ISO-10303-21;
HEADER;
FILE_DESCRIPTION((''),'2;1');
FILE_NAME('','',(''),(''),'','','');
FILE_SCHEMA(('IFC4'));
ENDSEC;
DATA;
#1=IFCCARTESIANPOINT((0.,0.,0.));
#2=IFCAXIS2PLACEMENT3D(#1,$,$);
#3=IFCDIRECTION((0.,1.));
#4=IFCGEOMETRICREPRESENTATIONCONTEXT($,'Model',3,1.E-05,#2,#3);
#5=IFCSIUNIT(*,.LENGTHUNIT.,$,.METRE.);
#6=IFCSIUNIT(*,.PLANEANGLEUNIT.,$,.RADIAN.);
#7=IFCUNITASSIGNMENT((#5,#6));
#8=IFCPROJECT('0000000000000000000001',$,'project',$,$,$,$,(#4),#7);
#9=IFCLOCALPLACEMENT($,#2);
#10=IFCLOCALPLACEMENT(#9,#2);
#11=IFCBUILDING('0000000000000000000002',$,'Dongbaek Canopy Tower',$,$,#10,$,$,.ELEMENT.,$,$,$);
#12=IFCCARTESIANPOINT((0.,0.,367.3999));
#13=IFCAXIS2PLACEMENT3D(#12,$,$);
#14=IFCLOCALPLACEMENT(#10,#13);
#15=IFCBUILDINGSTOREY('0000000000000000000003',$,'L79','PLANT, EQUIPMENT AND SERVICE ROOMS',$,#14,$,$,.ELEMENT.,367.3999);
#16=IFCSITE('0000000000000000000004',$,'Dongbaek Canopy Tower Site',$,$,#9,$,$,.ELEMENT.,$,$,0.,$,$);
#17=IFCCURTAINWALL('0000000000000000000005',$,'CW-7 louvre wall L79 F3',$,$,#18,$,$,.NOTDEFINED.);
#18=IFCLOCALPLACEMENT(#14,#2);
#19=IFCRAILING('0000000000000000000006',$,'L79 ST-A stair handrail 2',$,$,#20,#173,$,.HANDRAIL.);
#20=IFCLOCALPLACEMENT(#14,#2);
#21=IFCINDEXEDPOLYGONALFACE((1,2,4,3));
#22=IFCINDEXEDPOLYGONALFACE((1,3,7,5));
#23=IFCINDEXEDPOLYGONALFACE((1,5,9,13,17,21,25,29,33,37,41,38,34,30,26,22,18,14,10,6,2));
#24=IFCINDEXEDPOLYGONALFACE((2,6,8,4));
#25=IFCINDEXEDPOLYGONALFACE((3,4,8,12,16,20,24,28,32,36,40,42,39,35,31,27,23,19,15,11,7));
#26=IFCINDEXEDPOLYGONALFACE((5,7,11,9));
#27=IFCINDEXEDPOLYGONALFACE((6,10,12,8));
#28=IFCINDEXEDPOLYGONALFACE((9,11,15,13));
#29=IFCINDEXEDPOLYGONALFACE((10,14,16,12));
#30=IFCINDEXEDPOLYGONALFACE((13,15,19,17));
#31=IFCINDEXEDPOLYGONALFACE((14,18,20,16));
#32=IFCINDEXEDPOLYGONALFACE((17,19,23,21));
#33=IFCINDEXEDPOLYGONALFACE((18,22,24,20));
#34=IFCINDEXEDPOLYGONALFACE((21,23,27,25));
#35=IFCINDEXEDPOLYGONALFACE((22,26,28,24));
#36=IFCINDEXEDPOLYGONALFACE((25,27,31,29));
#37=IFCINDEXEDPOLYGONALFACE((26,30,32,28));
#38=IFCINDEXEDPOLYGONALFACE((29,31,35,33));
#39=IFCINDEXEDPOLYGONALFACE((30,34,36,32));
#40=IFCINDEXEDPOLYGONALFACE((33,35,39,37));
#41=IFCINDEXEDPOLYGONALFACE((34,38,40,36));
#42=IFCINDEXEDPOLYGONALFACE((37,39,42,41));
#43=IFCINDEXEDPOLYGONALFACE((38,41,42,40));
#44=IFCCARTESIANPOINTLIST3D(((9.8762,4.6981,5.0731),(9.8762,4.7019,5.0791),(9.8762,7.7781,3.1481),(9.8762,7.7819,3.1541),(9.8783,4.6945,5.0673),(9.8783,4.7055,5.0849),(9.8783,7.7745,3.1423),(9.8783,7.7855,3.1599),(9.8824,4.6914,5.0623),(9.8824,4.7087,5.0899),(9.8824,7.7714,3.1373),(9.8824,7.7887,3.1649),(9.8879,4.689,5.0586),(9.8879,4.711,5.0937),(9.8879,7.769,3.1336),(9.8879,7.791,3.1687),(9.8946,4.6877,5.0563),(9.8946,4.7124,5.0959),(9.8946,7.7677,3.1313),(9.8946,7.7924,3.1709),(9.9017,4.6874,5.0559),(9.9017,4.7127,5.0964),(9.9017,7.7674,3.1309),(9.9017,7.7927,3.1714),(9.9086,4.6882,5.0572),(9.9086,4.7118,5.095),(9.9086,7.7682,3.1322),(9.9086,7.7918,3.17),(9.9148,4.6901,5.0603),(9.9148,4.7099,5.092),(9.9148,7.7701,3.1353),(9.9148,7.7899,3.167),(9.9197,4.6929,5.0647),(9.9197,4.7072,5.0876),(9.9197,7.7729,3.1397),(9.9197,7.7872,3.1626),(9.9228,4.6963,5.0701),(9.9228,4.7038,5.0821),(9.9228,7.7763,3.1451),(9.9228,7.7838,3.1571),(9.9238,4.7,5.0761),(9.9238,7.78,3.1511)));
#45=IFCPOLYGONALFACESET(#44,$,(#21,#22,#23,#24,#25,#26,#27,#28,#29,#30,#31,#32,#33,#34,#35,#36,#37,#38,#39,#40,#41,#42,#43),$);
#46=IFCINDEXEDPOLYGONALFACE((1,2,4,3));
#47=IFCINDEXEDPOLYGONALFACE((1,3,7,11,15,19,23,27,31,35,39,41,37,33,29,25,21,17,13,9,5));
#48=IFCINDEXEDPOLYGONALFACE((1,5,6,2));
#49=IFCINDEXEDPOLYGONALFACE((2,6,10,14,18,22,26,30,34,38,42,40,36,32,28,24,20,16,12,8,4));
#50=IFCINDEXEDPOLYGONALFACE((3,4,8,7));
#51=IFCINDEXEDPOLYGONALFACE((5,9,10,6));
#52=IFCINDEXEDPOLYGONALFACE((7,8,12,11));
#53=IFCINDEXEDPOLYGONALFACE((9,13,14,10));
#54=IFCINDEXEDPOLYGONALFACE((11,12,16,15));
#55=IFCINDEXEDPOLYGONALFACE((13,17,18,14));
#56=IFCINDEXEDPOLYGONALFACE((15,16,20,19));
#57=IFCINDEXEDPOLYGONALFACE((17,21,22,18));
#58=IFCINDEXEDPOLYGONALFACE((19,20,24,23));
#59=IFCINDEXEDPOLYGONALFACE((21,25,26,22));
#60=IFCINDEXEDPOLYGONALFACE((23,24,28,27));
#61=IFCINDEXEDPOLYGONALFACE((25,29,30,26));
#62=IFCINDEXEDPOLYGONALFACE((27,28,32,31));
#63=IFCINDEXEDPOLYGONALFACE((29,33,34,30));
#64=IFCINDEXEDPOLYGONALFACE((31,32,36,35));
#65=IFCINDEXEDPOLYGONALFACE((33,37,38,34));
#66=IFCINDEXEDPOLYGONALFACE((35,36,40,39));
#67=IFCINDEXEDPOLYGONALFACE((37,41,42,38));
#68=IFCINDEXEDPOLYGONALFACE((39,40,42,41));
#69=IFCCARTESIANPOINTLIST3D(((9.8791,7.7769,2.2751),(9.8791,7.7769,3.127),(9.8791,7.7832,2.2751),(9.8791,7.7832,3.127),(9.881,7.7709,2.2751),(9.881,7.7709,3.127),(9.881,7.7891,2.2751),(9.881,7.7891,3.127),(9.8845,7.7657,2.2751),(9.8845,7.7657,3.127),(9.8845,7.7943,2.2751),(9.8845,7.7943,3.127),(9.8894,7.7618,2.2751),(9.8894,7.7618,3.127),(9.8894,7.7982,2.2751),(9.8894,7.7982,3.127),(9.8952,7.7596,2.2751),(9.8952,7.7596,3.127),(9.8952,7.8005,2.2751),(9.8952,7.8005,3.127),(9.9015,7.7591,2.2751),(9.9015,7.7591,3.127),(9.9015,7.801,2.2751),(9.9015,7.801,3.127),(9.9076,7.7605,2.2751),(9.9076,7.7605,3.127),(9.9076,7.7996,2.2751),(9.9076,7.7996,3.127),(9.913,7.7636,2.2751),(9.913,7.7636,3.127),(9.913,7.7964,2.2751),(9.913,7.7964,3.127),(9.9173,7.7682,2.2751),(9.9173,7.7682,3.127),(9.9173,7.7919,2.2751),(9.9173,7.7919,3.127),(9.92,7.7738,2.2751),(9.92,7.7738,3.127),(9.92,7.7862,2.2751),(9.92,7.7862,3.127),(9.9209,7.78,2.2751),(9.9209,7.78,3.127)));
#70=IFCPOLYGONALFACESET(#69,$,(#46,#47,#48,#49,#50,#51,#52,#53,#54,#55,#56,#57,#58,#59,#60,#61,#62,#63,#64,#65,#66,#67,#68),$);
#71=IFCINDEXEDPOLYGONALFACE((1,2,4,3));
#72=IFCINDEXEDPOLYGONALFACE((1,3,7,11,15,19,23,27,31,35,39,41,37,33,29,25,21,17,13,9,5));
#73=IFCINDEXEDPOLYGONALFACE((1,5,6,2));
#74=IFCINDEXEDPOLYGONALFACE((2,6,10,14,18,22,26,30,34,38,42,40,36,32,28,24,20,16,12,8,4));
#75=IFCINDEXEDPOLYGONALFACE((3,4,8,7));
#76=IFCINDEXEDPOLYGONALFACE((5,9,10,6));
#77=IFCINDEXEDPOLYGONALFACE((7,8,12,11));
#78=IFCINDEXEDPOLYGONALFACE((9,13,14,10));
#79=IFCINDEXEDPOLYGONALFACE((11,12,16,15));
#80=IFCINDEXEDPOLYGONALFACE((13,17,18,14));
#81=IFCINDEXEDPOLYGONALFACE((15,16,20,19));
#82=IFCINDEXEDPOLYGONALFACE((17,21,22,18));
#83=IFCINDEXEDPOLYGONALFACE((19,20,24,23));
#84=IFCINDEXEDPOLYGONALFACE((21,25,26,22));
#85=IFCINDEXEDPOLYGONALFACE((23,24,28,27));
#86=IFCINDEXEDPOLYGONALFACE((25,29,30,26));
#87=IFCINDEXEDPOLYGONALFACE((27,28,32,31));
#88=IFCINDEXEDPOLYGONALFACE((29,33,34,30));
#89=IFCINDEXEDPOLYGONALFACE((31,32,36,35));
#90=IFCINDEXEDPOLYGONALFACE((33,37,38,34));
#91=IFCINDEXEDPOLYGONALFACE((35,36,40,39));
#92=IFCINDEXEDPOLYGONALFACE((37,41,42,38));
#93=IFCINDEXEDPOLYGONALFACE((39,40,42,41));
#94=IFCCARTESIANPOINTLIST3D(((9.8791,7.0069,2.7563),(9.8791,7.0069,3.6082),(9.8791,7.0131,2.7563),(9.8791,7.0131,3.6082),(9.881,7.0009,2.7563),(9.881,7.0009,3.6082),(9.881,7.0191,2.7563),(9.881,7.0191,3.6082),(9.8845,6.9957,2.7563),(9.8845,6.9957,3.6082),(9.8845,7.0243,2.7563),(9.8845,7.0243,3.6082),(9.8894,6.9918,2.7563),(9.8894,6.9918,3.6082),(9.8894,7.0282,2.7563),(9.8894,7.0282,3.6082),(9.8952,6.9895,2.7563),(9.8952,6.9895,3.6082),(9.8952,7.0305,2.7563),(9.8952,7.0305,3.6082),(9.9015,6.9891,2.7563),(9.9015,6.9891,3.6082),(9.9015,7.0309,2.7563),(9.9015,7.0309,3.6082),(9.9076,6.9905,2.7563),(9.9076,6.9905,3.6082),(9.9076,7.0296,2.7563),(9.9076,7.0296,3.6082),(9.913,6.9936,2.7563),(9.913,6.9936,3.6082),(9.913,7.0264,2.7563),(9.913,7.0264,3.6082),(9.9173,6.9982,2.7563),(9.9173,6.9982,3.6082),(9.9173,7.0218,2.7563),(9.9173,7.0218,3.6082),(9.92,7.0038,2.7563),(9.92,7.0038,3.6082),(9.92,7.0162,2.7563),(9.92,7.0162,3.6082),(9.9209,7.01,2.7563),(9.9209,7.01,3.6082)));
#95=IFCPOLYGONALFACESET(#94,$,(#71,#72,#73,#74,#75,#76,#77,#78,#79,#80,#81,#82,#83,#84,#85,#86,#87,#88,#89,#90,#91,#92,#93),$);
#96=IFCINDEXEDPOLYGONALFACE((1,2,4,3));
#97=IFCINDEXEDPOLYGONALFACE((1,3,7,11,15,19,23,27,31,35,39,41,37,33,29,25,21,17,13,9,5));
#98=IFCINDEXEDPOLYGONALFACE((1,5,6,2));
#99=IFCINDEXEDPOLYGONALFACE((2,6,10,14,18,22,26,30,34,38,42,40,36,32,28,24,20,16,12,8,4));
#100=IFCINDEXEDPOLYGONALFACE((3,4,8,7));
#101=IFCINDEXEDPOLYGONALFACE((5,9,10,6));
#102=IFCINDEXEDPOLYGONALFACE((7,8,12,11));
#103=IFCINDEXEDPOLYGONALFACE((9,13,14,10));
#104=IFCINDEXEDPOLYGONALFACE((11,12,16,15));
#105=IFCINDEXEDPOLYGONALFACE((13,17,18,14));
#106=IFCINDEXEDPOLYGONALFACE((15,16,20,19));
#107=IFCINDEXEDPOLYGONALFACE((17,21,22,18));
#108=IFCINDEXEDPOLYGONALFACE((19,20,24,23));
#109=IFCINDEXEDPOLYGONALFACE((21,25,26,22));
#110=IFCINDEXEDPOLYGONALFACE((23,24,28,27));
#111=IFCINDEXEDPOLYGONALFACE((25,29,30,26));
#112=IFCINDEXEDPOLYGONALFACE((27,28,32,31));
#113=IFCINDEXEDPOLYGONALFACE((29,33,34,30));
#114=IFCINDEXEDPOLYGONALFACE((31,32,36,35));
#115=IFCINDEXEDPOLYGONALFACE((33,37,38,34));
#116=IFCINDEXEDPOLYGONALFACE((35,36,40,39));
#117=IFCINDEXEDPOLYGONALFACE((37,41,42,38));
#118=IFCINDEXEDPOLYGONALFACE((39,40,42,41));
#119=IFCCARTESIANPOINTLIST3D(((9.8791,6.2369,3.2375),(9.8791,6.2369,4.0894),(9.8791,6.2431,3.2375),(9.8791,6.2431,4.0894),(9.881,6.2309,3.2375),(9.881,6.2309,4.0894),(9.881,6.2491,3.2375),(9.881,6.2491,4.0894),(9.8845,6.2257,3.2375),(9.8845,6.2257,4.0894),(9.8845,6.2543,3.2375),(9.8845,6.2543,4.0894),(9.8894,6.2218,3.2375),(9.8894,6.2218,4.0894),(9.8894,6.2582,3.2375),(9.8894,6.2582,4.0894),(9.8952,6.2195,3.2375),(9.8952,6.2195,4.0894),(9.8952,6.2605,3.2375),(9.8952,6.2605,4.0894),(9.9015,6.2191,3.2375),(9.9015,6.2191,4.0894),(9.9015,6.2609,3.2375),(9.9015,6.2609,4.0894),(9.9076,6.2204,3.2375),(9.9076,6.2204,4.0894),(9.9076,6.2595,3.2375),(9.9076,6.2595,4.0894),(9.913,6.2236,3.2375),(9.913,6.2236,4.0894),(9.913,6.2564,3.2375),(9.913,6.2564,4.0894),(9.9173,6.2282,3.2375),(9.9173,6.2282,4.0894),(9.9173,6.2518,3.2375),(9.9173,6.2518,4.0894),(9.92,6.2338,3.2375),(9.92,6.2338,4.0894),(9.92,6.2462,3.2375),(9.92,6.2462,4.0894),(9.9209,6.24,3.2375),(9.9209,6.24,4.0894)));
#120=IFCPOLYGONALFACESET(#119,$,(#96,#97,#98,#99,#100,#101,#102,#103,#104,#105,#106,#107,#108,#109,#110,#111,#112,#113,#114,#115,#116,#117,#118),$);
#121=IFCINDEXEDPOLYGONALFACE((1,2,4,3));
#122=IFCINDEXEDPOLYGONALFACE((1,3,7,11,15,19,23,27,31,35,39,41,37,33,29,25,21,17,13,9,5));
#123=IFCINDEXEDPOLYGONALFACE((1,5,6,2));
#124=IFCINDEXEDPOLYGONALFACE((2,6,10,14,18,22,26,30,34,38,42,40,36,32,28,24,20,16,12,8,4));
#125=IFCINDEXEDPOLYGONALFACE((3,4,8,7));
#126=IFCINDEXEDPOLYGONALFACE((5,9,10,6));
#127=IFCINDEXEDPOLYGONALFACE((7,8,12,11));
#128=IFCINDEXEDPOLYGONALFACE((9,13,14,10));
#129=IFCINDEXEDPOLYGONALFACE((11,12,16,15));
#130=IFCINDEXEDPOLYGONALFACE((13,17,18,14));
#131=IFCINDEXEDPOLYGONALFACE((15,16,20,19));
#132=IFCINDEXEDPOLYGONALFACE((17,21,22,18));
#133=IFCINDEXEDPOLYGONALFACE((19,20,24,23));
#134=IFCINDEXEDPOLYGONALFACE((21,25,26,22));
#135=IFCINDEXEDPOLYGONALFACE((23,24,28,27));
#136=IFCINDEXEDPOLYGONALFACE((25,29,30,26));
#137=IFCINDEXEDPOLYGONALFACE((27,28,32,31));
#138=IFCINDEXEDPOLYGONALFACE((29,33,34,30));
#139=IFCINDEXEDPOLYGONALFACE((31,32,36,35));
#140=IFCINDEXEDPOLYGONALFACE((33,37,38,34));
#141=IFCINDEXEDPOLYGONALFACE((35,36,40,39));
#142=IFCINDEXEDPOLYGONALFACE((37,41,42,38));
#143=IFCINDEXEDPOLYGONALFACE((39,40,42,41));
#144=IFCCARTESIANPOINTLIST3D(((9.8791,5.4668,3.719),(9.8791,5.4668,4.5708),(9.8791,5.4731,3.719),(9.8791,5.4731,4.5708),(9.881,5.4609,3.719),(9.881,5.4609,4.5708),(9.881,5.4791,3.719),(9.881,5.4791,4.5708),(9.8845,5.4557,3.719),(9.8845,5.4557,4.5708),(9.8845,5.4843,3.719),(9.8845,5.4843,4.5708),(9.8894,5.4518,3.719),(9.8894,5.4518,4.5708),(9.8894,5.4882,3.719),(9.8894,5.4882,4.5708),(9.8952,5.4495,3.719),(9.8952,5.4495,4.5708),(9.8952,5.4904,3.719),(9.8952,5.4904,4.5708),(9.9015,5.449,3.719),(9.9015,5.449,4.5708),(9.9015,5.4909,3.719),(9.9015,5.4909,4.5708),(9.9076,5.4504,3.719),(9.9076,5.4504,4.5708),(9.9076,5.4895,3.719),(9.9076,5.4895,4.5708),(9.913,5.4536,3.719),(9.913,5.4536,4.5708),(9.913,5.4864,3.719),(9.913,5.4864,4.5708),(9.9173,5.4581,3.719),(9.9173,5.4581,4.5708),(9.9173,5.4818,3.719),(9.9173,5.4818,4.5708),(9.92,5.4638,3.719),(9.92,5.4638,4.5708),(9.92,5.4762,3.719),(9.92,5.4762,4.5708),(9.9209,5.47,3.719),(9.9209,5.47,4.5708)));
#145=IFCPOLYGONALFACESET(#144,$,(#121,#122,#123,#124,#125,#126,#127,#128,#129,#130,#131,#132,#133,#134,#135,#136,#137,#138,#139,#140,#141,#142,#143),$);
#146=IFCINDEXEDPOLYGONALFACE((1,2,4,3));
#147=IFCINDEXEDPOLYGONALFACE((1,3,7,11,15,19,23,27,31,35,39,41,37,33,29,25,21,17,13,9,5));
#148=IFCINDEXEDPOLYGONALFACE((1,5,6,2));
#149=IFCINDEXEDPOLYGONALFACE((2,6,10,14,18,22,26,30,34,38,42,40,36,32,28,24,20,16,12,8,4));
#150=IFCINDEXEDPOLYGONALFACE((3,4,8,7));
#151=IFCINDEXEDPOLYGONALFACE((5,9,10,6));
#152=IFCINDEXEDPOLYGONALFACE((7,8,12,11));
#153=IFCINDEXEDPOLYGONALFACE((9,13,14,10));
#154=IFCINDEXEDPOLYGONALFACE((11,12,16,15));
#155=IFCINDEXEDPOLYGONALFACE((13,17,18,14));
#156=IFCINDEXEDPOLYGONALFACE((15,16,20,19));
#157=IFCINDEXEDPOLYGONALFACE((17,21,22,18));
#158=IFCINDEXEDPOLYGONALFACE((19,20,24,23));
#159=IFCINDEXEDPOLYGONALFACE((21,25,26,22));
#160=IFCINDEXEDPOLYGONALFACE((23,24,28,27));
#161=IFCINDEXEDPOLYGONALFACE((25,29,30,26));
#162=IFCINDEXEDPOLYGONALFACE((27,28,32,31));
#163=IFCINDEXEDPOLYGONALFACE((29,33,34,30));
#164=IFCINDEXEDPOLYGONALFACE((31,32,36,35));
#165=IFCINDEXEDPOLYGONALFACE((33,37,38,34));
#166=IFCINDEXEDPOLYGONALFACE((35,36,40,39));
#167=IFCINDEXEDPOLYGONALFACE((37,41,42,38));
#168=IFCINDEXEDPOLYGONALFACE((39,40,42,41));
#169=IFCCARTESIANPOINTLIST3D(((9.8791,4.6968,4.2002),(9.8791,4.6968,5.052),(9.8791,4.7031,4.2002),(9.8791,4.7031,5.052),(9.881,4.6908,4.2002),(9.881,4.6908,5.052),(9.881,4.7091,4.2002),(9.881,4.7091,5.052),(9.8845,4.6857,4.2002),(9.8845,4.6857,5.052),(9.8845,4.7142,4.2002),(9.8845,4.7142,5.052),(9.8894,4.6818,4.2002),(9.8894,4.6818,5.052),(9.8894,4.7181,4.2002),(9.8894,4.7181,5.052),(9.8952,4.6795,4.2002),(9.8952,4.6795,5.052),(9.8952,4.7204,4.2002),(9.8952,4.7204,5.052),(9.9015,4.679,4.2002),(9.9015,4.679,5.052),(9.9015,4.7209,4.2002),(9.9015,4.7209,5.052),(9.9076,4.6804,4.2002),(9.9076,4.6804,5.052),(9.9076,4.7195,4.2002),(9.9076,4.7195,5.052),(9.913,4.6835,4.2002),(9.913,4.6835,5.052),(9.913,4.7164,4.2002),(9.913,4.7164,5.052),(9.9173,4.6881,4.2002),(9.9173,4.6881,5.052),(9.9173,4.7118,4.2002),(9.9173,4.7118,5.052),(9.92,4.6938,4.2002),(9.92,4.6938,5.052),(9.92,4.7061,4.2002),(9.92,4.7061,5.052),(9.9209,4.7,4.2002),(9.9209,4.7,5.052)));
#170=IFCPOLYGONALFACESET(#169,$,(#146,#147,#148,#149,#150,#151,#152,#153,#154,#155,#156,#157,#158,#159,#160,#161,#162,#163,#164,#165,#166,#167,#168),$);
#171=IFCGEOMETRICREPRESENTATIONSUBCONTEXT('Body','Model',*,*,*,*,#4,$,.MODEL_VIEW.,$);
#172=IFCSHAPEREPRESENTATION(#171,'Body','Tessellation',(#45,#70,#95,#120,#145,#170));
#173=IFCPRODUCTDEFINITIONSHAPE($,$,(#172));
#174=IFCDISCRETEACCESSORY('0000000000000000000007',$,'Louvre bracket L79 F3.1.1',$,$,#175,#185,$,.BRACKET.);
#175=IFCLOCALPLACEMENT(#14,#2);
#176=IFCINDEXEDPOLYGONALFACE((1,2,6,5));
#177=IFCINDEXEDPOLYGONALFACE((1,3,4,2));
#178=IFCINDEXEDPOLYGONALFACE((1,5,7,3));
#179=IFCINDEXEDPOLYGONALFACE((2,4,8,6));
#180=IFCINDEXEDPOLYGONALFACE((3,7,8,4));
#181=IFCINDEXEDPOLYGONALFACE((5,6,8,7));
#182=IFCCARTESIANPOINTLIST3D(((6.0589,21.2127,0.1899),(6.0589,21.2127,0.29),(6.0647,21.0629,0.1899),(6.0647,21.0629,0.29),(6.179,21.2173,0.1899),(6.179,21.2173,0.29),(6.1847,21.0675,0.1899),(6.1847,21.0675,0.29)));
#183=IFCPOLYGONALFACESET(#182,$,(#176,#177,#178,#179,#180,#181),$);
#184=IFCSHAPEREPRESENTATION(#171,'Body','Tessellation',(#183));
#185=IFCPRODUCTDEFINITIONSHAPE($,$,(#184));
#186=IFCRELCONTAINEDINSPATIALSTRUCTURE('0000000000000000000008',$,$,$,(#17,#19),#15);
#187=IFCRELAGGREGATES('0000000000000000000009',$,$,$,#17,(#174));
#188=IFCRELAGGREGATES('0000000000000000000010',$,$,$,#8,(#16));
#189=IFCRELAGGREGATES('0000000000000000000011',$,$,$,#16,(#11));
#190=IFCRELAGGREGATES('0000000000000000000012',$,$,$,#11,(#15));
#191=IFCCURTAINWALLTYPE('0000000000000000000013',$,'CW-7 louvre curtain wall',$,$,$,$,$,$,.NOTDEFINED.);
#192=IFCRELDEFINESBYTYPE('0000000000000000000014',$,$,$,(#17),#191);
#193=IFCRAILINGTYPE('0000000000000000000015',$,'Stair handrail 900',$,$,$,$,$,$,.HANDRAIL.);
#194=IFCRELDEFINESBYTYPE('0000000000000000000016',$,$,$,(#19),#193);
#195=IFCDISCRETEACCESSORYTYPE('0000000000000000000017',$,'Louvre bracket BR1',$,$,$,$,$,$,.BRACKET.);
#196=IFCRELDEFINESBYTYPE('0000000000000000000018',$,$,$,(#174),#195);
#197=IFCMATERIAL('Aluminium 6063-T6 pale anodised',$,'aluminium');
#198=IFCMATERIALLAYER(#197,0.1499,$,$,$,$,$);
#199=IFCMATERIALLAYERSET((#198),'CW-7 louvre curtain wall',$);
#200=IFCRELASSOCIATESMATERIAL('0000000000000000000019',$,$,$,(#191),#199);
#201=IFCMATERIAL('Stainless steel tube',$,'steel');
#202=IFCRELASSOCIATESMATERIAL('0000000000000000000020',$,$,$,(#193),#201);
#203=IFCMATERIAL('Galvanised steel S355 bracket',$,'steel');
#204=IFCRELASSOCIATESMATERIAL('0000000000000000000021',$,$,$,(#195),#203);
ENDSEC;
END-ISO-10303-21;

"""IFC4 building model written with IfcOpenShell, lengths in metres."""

from ifc_helpers import new_model, si_unit, direction, frame, origin, origin_2d, place, context, subcontext, project, spatial, rectangle, circle, extrude, material, layer, layer_set, type_object, element, aggregate, save


model = new_model("IFC4")

# Units and contexts
model_context = context("Model", 3, precision=1e-05, world=origin(), true_north=direction((0.0, 1.0)))
body_context = subcontext(model_context, "Body", "Model", "MODEL_VIEW")
ifc_project = project(units=[si_unit("LENGTHUNIT", "METRE"), si_unit("PLANEANGLEUNIT", "RADIAN")], contexts=[model_context])

# Site, building, storey
site_placement = place(None, origin())
site = spatial("IfcSite", under=ifc_project, at=site_placement, Name="Dongbaek Canopy Tower Site", CompositionType="ELEMENT", RefElevation=0.0)
building_placement = place(site_placement, origin())
building = spatial("IfcBuilding", under=site, at=building_placement, Name="Dongbaek Canopy Tower", CompositionType="ELEMENT")
storey_placement = place(building_placement, frame((0.0, 0.0, 367.3999)))
storey = spatial("IfcBuildingStorey", under=building, at=storey_placement, Name="L79", Description="PLANT, EQUIPMENT AND SERVICE ROOMS", CompositionType="ELEMENT", Elevation=367.3999)

# Shared definitions
ifc_material_1 = material(Name="Aluminium 6063-T6 pale anodised", Category="aluminium")
ifc_layer_1 = layer(ifc_material_1, 0.1499)
ifc_layer_set_1 = layer_set([ifc_layer_1], Name="CW-7 louvre curtain wall")
curtain_wall_type = type_object("IfcCurtainWallType", Name="CW-7 louvre curtain wall", PredefinedType="NOTDEFINED", material=ifc_layer_set_1)

# Curtain wall
curtain_wall_1_placement = place(storey_placement, origin())
curtain_wall_1 = element("IfcCurtainWall", 1, at=curtain_wall_1_placement, inside=storey, type_object=curtain_wall_type, Name="CW-7 louvre wall L79 F3", PredefinedType="NOTDEFINED")

# Railing
ifc_material_2 = material(Name="Stainless steel tube", Category="steel")
railing_type = type_object("IfcRailingType", Name="Stair handrail 900", PredefinedType="HANDRAIL", material=ifc_material_2)
railing_placement = place(storey_placement, frame((9.8999, 7.78, 2.2751)))
element("IfcRailing", 2, at=railing_placement, inside=storey, type_object=railing_type, Name="L79 ST-A stair handrail 2", PredefinedType="HANDRAIL", context=body_context, shape_type="SweptSolid", body=[
    extrude(circle(Radius=0.0239, at=origin_2d()), frame((0.0, 0.0, 0.876), z_axis=(0.0, -0.847998, 0.529999), x_axis=(1.0, 0.0, 0.0)), (0.0, 0.0, 1.0), 3.6321),
    extrude(circle(Radius=0.021, at=origin_2d()), origin(), (0.0, 0.0, 1.0), 0.8518),
    extrude(circle(Radius=0.021, at=origin_2d()), frame((0.0, -0.77, 0.4812)), (0.0, 0.0, 1.0), 0.8518),
    extrude(circle(Radius=0.021, at=origin_2d()), frame((0.0, -1.54, 0.9624)), (0.0, 0.0, 1.0), 0.8518),
    extrude(circle(Radius=0.021, at=origin_2d()), frame((0.0, -2.3101, 1.4438)), (0.0, 0.0, 1.0), 0.8518),
    extrude(circle(Radius=0.021, at=origin_2d()), frame((0.0, -3.0801, 1.925)), (0.0, 0.0, 1.0), 0.8518),
])

# Discrete accessory
ifc_material_3 = material(Name="Galvanised steel S355 bracket", Category="steel")
discrete_accessory_type = type_object("IfcDiscreteAccessoryType", Name="Louvre bracket BR1", PredefinedType="BRACKET", material=ifc_material_3)
discrete_accessory_placement = place(storey_placement, frame((6.1218, 21.1401, 0.1899), z_axis=(0.0, 0.0, 1.0), x_axis=(-0.999269, -0.038232, 0.0)))
discrete_accessory = element("IfcDiscreteAccessory", 3, at=discrete_accessory_placement, type_object=discrete_accessory_type, Name="Louvre bracket L79 F3.1.1", PredefinedType="BRACKET", context=body_context, shape_type="SweptSolid", body=[
    extrude(rectangle(XDim=0.1201, YDim=0.1499, at=origin_2d()), origin(), (0.0, 0.0, 1.0), 0.1001),
])
aggregate(curtain_wall_1, [discrete_accessory])

save(model, "model.ifc")
